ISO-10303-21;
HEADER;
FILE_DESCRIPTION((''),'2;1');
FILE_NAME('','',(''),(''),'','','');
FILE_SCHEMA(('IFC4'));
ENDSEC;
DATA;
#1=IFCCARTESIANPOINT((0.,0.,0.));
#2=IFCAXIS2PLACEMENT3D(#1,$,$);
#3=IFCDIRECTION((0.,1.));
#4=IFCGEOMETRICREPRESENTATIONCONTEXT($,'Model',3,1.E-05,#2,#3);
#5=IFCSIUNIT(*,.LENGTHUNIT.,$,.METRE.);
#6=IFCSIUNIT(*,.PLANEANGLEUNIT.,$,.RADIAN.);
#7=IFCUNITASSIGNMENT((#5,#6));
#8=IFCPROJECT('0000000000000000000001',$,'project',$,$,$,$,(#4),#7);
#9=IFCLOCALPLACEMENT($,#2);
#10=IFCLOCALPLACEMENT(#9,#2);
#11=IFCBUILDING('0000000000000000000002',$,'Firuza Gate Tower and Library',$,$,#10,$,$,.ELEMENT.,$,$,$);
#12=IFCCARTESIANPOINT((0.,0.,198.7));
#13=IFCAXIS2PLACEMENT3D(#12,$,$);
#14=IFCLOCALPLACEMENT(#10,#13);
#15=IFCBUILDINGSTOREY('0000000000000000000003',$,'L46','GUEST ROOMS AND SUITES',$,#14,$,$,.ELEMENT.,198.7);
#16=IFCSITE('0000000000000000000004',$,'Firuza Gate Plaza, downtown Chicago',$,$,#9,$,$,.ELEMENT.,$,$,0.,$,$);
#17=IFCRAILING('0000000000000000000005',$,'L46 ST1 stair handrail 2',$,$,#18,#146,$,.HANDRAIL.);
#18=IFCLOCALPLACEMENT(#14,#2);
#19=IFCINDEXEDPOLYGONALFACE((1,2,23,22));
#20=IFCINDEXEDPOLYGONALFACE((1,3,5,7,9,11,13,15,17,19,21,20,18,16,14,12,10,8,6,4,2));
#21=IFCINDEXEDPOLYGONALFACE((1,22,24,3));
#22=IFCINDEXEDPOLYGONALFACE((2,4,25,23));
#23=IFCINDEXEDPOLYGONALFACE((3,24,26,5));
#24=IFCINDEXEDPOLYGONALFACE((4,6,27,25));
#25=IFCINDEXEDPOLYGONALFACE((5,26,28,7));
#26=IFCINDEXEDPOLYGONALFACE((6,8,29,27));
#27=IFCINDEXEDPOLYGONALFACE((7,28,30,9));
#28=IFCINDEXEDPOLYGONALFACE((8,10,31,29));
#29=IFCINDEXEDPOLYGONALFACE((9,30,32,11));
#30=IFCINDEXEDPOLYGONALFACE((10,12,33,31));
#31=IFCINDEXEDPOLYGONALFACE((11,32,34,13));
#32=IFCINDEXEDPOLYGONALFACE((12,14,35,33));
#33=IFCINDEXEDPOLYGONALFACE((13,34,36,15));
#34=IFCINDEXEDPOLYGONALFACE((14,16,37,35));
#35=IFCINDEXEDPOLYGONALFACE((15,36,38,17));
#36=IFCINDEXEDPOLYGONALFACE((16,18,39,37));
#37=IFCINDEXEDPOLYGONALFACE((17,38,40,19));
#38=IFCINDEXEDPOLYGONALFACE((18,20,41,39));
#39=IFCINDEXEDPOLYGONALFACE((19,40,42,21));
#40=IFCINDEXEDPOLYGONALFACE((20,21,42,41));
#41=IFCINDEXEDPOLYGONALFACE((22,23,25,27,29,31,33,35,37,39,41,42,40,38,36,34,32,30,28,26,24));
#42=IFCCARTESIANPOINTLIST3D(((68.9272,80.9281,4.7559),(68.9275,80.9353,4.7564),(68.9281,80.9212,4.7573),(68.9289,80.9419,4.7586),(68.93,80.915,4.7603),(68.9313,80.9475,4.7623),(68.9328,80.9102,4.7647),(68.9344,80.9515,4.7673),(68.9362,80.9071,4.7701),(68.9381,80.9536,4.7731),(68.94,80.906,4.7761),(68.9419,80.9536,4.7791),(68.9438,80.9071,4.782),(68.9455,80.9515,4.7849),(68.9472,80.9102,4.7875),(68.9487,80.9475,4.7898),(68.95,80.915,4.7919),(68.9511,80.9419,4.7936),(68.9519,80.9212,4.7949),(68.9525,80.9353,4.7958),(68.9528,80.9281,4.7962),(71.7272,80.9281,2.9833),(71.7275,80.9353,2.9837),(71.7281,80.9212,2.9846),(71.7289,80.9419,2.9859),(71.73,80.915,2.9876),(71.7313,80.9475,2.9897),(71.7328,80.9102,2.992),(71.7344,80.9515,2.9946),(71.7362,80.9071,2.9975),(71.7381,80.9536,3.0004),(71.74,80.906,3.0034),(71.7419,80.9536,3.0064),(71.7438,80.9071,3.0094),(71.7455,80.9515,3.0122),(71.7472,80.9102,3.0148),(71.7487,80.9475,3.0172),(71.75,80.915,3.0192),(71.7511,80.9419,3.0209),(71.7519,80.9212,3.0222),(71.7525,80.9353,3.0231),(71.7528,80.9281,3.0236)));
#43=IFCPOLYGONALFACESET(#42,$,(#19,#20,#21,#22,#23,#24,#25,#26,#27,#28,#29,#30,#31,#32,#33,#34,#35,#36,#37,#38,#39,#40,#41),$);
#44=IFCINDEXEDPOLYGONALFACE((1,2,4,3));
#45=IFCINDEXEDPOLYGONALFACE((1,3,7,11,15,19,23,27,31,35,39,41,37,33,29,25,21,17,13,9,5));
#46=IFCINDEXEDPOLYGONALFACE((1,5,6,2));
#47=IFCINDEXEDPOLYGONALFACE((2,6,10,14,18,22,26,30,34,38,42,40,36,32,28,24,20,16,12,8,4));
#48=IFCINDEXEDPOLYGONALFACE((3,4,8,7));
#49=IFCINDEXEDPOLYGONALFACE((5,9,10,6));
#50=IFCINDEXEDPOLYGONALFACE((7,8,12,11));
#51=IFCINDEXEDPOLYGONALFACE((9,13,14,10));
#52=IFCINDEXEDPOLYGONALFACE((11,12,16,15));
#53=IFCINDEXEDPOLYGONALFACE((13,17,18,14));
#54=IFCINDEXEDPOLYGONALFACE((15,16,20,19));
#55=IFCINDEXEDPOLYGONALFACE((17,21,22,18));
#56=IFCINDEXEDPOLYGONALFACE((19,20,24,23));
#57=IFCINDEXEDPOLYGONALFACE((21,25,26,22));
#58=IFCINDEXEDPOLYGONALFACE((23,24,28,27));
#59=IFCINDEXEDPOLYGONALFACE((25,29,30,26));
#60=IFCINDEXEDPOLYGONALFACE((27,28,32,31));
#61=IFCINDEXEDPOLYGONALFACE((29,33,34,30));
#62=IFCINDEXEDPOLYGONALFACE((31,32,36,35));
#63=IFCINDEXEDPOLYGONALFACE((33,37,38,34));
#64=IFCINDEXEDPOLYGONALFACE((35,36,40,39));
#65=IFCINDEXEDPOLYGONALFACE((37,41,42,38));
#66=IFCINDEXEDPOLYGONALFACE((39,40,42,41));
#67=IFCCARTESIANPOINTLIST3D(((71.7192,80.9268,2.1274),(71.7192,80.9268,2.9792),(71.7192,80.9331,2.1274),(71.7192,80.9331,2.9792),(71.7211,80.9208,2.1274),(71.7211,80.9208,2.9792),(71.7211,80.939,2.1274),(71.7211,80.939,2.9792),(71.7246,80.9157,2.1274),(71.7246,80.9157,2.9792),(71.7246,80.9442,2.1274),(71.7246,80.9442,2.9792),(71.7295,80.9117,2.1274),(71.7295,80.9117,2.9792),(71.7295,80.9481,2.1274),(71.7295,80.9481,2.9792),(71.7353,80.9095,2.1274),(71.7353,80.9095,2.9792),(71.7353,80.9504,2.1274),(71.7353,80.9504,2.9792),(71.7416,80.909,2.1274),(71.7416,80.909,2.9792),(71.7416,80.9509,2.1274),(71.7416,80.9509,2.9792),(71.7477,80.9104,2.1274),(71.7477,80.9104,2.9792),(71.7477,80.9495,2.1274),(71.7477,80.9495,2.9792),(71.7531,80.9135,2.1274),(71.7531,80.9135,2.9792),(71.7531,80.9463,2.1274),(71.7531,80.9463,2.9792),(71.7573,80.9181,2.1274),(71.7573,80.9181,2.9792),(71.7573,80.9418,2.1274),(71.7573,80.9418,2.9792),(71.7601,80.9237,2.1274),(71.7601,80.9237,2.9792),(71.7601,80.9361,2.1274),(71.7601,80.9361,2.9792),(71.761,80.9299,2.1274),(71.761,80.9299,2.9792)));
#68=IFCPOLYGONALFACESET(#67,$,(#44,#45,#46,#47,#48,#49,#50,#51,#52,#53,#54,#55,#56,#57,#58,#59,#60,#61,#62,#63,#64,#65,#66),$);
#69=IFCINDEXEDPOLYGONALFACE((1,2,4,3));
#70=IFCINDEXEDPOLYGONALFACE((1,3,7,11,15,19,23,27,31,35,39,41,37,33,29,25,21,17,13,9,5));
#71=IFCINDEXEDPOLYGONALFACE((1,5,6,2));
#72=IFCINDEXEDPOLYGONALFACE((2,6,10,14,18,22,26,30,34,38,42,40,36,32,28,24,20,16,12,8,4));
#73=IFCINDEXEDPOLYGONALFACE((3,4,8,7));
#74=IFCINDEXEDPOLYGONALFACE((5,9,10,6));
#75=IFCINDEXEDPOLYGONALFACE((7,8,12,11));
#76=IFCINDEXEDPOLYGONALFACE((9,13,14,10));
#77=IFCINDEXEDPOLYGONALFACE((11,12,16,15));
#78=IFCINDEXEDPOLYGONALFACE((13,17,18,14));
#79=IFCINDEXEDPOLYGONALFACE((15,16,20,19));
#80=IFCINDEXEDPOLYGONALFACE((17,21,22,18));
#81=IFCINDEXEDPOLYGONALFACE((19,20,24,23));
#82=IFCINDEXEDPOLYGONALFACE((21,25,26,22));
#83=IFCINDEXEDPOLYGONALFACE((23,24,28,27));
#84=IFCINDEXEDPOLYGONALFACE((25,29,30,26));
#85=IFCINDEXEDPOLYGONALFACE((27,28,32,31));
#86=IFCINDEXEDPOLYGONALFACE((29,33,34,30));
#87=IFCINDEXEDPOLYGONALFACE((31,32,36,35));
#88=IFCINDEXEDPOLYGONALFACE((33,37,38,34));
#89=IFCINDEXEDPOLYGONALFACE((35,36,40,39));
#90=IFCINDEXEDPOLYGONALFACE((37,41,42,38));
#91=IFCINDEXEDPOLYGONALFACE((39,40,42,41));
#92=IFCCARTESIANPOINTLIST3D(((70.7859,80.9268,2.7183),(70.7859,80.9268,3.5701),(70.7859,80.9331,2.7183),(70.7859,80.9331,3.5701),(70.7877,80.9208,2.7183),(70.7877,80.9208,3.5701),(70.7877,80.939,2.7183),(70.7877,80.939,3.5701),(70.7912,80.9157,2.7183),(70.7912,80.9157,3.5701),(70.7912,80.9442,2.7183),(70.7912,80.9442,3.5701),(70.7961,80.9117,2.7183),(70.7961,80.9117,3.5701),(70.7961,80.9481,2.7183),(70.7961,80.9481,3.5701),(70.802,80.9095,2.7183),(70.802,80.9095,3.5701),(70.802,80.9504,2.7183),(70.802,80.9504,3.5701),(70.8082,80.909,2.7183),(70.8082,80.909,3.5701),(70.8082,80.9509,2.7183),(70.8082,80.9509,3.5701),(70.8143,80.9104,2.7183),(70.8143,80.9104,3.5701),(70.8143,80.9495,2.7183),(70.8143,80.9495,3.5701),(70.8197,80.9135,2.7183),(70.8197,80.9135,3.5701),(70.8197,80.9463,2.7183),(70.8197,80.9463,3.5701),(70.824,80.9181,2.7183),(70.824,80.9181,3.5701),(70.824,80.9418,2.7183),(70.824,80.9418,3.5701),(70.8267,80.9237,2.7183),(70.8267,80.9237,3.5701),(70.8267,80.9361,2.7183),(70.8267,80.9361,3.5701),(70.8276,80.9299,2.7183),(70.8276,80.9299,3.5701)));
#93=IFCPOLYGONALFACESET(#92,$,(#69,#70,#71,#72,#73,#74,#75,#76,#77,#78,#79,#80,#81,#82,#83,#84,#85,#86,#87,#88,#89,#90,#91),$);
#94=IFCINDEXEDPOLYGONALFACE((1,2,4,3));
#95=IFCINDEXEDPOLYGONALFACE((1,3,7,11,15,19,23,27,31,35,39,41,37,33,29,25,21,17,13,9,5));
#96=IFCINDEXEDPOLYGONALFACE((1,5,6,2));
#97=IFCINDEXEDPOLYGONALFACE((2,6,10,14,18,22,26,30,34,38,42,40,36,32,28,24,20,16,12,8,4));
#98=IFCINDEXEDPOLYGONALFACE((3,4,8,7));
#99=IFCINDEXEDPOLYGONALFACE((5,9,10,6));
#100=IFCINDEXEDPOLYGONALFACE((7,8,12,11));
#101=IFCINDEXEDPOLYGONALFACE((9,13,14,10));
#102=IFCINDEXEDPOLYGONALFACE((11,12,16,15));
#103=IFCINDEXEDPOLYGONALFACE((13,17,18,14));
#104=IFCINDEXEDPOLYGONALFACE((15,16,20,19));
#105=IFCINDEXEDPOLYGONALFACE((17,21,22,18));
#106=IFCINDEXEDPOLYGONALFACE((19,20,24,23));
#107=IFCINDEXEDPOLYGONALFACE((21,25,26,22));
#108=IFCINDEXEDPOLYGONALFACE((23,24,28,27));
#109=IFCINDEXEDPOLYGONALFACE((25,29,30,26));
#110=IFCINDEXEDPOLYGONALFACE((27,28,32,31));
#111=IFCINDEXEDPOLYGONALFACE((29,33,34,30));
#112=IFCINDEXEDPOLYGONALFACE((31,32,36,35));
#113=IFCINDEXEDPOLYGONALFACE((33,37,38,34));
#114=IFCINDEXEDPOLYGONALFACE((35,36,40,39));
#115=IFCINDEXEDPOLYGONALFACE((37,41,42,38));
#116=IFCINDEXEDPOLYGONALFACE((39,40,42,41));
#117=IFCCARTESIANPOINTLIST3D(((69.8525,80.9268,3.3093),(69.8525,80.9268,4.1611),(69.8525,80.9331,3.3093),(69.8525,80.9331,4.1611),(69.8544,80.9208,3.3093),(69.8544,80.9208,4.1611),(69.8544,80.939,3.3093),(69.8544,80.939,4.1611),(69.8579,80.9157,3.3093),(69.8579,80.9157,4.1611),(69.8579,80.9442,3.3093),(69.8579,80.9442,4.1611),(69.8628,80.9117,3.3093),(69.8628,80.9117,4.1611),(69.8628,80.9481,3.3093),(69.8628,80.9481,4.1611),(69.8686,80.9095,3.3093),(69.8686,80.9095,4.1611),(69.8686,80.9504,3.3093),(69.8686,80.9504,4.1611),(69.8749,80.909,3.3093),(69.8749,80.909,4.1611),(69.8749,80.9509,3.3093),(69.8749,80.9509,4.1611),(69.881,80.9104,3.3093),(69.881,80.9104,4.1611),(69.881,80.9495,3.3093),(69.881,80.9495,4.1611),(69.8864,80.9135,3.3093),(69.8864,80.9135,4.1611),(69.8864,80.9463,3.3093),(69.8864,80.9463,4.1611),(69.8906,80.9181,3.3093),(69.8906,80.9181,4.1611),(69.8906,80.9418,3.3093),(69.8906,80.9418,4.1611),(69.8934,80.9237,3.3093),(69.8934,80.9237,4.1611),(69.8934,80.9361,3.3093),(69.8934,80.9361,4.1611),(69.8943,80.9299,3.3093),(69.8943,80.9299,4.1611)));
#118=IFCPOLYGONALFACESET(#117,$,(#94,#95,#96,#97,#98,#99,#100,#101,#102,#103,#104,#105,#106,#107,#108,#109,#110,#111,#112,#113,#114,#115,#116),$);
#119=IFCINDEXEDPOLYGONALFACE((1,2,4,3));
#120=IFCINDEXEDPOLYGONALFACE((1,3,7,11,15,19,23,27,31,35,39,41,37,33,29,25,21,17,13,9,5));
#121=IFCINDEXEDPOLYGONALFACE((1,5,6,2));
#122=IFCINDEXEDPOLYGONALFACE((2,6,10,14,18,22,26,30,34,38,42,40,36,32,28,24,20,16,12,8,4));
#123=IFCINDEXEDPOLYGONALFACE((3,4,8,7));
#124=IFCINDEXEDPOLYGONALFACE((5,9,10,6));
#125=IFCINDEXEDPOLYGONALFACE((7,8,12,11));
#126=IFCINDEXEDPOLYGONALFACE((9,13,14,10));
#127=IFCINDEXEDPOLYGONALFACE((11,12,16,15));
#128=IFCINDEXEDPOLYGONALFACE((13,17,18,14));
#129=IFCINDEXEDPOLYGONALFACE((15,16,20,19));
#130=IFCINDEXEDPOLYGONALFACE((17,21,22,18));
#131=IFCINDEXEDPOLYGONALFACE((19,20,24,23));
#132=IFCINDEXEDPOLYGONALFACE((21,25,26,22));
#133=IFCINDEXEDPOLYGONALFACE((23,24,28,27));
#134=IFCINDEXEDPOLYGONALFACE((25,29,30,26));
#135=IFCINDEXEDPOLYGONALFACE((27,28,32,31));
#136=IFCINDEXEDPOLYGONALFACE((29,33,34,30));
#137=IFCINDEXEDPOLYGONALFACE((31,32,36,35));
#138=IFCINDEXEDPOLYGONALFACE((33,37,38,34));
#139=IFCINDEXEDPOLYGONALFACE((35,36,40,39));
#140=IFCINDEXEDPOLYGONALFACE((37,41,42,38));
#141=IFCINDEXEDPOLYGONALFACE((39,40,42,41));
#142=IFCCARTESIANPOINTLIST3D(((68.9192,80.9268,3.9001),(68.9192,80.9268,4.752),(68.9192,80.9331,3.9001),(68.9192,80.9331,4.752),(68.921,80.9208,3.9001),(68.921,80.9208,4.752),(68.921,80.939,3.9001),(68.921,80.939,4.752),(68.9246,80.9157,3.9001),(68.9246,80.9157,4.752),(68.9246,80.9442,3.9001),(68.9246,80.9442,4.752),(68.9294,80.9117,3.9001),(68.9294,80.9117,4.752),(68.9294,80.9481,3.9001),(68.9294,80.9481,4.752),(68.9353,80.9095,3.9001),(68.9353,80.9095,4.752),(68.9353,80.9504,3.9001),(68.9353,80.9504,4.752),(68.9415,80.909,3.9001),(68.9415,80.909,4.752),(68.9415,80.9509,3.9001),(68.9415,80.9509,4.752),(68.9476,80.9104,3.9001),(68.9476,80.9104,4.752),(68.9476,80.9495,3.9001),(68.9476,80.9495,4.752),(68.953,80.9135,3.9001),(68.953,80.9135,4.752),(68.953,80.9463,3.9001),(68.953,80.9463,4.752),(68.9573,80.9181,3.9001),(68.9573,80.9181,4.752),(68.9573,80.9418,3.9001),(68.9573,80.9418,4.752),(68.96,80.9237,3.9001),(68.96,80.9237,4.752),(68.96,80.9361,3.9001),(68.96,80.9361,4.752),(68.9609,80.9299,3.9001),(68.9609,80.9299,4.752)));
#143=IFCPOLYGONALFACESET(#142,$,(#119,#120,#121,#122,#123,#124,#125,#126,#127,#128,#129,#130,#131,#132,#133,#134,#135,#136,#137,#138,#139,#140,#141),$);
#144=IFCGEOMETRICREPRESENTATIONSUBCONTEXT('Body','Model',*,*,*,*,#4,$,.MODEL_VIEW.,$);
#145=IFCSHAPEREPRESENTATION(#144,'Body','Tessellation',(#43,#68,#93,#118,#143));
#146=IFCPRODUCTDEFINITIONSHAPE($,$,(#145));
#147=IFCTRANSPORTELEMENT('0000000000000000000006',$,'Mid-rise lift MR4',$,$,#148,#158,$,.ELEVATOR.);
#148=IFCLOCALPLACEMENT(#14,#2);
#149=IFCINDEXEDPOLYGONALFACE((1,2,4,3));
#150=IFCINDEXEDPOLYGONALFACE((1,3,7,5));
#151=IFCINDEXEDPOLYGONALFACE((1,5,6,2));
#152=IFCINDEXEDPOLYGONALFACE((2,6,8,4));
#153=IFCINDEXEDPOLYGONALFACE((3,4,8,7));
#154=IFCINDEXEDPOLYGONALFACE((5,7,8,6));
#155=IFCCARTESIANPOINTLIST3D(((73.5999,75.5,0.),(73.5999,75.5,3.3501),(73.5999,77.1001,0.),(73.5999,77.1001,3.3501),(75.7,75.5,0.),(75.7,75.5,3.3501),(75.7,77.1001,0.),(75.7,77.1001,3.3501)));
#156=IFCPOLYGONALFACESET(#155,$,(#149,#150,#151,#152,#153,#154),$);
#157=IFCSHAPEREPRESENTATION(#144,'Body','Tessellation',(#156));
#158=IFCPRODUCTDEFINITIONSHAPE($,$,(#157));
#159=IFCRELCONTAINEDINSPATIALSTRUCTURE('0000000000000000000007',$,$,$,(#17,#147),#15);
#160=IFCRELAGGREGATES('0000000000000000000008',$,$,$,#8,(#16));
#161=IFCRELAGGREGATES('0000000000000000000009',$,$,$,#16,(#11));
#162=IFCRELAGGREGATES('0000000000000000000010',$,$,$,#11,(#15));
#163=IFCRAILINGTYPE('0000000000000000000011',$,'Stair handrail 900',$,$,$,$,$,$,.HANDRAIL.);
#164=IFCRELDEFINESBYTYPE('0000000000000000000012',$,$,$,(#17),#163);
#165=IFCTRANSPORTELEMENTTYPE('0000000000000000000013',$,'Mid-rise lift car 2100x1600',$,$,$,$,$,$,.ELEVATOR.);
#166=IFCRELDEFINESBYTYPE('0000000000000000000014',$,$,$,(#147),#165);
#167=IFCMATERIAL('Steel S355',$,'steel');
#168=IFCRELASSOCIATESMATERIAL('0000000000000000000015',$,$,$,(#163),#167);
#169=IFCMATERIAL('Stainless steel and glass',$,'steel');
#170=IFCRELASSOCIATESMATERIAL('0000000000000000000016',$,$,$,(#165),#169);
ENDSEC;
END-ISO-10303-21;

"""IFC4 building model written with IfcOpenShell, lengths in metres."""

from ifc_helpers import new_model, si_unit, direction, frame, origin, origin_2d, place, context, subcontext, project, spatial, rectangle, circle, extrude, material, type_object, element, save


model = new_model("IFC4")

# Units and contexts
model_context = context("Model", 3, precision=1e-05, world=origin(), true_north=direction((0.0, 1.0)))
body_context = subcontext(model_context, "Body", "Model", "MODEL_VIEW")
ifc_project = project(units=[si_unit("LENGTHUNIT", "METRE"), si_unit("PLANEANGLEUNIT", "RADIAN")], contexts=[model_context])

# Site, building, storey
site_placement = place(None, origin())
site = spatial("IfcSite", under=ifc_project, at=site_placement, Name="Firuza Gate Plaza, downtown Chicago", CompositionType="ELEMENT", RefElevation=0.0)
building_placement = place(site_placement, origin())
building = spatial("IfcBuilding", under=site, at=building_placement, Name="Firuza Gate Tower and Library", CompositionType="ELEMENT")
storey_placement = place(building_placement, frame((0.0, 0.0, 198.7)))
storey = spatial("IfcBuildingStorey", under=building, at=storey_placement, Name="L46", Description="GUEST ROOMS AND SUITES", CompositionType="ELEMENT", Elevation=198.7)

# Railing
ifc_material_1 = material(Name="Steel S355", Category="steel")
railing_type_1 = type_object("IfcRailingType", Name="Stair handrail 900", PredefinedType="HANDRAIL", material=ifc_material_1)
railing_1_placement = place(storey_placement, frame((71.74, 80.9299, 2.1274)))
element("IfcRailing", 1, at=railing_1_placement, inside=storey, type_object=railing_type_1, Name="L46 ST1 stair handrail 2", PredefinedType="HANDRAIL", context=body_context, shape_type="SweptSolid", body=[
    extrude(circle(Radius=0.0239, at=origin_2d()), frame((0.0, 0.0, 0.876), z_axis=(-0.844909, 0.0, 0.53491), x_axis=(0.0, -1.0, 0.0)), (0.0, 0.0, 1.0), 3.314),
    extrude(circle(Radius=0.021, at=origin_2d()), origin(), (0.0, 0.0, 1.0), 0.8518),
    extrude(circle(Radius=0.021, at=origin_2d()), frame((-0.9333, 0.0, 0.5908)), (0.0, 0.0, 1.0), 0.8518),
    extrude(circle(Radius=0.021, at=origin_2d()), frame((-1.8667, 0.0, 1.1819)), (0.0, 0.0, 1.0), 0.8518),
    extrude(circle(Radius=0.021, at=origin_2d()), frame((-2.8, 0.0, 1.7727)), (0.0, 0.0, 1.0), 0.8518),
])

# Transport element
ifc_material_2 = material(Name="Stainless steel and glass", Category="steel")
transport_element_type = type_object("IfcTransportElementType", Name="Mid-rise lift car 2100x1600", PredefinedType="ELEVATOR", material=ifc_material_2)
transport_element_placement = place(storey_placement, frame((74.6499, 76.3, 0.0), z_axis=(0.0, 0.0, 1.0), x_axis=(1.0, 0.0, 0.0)))
element("IfcTransportElement", 2, at=transport_element_placement, inside=storey, type_object=transport_element_type, Name="Mid-rise lift MR4", PredefinedType="ELEVATOR", context=body_context, shape_type="SweptSolid", body=[
    extrude(rectangle(XDim=2.1001, YDim=1.6001, at=origin_2d()), origin(), (0.0, 0.0, 1.0), 3.3501),
])

save(model, "model.ifc")
